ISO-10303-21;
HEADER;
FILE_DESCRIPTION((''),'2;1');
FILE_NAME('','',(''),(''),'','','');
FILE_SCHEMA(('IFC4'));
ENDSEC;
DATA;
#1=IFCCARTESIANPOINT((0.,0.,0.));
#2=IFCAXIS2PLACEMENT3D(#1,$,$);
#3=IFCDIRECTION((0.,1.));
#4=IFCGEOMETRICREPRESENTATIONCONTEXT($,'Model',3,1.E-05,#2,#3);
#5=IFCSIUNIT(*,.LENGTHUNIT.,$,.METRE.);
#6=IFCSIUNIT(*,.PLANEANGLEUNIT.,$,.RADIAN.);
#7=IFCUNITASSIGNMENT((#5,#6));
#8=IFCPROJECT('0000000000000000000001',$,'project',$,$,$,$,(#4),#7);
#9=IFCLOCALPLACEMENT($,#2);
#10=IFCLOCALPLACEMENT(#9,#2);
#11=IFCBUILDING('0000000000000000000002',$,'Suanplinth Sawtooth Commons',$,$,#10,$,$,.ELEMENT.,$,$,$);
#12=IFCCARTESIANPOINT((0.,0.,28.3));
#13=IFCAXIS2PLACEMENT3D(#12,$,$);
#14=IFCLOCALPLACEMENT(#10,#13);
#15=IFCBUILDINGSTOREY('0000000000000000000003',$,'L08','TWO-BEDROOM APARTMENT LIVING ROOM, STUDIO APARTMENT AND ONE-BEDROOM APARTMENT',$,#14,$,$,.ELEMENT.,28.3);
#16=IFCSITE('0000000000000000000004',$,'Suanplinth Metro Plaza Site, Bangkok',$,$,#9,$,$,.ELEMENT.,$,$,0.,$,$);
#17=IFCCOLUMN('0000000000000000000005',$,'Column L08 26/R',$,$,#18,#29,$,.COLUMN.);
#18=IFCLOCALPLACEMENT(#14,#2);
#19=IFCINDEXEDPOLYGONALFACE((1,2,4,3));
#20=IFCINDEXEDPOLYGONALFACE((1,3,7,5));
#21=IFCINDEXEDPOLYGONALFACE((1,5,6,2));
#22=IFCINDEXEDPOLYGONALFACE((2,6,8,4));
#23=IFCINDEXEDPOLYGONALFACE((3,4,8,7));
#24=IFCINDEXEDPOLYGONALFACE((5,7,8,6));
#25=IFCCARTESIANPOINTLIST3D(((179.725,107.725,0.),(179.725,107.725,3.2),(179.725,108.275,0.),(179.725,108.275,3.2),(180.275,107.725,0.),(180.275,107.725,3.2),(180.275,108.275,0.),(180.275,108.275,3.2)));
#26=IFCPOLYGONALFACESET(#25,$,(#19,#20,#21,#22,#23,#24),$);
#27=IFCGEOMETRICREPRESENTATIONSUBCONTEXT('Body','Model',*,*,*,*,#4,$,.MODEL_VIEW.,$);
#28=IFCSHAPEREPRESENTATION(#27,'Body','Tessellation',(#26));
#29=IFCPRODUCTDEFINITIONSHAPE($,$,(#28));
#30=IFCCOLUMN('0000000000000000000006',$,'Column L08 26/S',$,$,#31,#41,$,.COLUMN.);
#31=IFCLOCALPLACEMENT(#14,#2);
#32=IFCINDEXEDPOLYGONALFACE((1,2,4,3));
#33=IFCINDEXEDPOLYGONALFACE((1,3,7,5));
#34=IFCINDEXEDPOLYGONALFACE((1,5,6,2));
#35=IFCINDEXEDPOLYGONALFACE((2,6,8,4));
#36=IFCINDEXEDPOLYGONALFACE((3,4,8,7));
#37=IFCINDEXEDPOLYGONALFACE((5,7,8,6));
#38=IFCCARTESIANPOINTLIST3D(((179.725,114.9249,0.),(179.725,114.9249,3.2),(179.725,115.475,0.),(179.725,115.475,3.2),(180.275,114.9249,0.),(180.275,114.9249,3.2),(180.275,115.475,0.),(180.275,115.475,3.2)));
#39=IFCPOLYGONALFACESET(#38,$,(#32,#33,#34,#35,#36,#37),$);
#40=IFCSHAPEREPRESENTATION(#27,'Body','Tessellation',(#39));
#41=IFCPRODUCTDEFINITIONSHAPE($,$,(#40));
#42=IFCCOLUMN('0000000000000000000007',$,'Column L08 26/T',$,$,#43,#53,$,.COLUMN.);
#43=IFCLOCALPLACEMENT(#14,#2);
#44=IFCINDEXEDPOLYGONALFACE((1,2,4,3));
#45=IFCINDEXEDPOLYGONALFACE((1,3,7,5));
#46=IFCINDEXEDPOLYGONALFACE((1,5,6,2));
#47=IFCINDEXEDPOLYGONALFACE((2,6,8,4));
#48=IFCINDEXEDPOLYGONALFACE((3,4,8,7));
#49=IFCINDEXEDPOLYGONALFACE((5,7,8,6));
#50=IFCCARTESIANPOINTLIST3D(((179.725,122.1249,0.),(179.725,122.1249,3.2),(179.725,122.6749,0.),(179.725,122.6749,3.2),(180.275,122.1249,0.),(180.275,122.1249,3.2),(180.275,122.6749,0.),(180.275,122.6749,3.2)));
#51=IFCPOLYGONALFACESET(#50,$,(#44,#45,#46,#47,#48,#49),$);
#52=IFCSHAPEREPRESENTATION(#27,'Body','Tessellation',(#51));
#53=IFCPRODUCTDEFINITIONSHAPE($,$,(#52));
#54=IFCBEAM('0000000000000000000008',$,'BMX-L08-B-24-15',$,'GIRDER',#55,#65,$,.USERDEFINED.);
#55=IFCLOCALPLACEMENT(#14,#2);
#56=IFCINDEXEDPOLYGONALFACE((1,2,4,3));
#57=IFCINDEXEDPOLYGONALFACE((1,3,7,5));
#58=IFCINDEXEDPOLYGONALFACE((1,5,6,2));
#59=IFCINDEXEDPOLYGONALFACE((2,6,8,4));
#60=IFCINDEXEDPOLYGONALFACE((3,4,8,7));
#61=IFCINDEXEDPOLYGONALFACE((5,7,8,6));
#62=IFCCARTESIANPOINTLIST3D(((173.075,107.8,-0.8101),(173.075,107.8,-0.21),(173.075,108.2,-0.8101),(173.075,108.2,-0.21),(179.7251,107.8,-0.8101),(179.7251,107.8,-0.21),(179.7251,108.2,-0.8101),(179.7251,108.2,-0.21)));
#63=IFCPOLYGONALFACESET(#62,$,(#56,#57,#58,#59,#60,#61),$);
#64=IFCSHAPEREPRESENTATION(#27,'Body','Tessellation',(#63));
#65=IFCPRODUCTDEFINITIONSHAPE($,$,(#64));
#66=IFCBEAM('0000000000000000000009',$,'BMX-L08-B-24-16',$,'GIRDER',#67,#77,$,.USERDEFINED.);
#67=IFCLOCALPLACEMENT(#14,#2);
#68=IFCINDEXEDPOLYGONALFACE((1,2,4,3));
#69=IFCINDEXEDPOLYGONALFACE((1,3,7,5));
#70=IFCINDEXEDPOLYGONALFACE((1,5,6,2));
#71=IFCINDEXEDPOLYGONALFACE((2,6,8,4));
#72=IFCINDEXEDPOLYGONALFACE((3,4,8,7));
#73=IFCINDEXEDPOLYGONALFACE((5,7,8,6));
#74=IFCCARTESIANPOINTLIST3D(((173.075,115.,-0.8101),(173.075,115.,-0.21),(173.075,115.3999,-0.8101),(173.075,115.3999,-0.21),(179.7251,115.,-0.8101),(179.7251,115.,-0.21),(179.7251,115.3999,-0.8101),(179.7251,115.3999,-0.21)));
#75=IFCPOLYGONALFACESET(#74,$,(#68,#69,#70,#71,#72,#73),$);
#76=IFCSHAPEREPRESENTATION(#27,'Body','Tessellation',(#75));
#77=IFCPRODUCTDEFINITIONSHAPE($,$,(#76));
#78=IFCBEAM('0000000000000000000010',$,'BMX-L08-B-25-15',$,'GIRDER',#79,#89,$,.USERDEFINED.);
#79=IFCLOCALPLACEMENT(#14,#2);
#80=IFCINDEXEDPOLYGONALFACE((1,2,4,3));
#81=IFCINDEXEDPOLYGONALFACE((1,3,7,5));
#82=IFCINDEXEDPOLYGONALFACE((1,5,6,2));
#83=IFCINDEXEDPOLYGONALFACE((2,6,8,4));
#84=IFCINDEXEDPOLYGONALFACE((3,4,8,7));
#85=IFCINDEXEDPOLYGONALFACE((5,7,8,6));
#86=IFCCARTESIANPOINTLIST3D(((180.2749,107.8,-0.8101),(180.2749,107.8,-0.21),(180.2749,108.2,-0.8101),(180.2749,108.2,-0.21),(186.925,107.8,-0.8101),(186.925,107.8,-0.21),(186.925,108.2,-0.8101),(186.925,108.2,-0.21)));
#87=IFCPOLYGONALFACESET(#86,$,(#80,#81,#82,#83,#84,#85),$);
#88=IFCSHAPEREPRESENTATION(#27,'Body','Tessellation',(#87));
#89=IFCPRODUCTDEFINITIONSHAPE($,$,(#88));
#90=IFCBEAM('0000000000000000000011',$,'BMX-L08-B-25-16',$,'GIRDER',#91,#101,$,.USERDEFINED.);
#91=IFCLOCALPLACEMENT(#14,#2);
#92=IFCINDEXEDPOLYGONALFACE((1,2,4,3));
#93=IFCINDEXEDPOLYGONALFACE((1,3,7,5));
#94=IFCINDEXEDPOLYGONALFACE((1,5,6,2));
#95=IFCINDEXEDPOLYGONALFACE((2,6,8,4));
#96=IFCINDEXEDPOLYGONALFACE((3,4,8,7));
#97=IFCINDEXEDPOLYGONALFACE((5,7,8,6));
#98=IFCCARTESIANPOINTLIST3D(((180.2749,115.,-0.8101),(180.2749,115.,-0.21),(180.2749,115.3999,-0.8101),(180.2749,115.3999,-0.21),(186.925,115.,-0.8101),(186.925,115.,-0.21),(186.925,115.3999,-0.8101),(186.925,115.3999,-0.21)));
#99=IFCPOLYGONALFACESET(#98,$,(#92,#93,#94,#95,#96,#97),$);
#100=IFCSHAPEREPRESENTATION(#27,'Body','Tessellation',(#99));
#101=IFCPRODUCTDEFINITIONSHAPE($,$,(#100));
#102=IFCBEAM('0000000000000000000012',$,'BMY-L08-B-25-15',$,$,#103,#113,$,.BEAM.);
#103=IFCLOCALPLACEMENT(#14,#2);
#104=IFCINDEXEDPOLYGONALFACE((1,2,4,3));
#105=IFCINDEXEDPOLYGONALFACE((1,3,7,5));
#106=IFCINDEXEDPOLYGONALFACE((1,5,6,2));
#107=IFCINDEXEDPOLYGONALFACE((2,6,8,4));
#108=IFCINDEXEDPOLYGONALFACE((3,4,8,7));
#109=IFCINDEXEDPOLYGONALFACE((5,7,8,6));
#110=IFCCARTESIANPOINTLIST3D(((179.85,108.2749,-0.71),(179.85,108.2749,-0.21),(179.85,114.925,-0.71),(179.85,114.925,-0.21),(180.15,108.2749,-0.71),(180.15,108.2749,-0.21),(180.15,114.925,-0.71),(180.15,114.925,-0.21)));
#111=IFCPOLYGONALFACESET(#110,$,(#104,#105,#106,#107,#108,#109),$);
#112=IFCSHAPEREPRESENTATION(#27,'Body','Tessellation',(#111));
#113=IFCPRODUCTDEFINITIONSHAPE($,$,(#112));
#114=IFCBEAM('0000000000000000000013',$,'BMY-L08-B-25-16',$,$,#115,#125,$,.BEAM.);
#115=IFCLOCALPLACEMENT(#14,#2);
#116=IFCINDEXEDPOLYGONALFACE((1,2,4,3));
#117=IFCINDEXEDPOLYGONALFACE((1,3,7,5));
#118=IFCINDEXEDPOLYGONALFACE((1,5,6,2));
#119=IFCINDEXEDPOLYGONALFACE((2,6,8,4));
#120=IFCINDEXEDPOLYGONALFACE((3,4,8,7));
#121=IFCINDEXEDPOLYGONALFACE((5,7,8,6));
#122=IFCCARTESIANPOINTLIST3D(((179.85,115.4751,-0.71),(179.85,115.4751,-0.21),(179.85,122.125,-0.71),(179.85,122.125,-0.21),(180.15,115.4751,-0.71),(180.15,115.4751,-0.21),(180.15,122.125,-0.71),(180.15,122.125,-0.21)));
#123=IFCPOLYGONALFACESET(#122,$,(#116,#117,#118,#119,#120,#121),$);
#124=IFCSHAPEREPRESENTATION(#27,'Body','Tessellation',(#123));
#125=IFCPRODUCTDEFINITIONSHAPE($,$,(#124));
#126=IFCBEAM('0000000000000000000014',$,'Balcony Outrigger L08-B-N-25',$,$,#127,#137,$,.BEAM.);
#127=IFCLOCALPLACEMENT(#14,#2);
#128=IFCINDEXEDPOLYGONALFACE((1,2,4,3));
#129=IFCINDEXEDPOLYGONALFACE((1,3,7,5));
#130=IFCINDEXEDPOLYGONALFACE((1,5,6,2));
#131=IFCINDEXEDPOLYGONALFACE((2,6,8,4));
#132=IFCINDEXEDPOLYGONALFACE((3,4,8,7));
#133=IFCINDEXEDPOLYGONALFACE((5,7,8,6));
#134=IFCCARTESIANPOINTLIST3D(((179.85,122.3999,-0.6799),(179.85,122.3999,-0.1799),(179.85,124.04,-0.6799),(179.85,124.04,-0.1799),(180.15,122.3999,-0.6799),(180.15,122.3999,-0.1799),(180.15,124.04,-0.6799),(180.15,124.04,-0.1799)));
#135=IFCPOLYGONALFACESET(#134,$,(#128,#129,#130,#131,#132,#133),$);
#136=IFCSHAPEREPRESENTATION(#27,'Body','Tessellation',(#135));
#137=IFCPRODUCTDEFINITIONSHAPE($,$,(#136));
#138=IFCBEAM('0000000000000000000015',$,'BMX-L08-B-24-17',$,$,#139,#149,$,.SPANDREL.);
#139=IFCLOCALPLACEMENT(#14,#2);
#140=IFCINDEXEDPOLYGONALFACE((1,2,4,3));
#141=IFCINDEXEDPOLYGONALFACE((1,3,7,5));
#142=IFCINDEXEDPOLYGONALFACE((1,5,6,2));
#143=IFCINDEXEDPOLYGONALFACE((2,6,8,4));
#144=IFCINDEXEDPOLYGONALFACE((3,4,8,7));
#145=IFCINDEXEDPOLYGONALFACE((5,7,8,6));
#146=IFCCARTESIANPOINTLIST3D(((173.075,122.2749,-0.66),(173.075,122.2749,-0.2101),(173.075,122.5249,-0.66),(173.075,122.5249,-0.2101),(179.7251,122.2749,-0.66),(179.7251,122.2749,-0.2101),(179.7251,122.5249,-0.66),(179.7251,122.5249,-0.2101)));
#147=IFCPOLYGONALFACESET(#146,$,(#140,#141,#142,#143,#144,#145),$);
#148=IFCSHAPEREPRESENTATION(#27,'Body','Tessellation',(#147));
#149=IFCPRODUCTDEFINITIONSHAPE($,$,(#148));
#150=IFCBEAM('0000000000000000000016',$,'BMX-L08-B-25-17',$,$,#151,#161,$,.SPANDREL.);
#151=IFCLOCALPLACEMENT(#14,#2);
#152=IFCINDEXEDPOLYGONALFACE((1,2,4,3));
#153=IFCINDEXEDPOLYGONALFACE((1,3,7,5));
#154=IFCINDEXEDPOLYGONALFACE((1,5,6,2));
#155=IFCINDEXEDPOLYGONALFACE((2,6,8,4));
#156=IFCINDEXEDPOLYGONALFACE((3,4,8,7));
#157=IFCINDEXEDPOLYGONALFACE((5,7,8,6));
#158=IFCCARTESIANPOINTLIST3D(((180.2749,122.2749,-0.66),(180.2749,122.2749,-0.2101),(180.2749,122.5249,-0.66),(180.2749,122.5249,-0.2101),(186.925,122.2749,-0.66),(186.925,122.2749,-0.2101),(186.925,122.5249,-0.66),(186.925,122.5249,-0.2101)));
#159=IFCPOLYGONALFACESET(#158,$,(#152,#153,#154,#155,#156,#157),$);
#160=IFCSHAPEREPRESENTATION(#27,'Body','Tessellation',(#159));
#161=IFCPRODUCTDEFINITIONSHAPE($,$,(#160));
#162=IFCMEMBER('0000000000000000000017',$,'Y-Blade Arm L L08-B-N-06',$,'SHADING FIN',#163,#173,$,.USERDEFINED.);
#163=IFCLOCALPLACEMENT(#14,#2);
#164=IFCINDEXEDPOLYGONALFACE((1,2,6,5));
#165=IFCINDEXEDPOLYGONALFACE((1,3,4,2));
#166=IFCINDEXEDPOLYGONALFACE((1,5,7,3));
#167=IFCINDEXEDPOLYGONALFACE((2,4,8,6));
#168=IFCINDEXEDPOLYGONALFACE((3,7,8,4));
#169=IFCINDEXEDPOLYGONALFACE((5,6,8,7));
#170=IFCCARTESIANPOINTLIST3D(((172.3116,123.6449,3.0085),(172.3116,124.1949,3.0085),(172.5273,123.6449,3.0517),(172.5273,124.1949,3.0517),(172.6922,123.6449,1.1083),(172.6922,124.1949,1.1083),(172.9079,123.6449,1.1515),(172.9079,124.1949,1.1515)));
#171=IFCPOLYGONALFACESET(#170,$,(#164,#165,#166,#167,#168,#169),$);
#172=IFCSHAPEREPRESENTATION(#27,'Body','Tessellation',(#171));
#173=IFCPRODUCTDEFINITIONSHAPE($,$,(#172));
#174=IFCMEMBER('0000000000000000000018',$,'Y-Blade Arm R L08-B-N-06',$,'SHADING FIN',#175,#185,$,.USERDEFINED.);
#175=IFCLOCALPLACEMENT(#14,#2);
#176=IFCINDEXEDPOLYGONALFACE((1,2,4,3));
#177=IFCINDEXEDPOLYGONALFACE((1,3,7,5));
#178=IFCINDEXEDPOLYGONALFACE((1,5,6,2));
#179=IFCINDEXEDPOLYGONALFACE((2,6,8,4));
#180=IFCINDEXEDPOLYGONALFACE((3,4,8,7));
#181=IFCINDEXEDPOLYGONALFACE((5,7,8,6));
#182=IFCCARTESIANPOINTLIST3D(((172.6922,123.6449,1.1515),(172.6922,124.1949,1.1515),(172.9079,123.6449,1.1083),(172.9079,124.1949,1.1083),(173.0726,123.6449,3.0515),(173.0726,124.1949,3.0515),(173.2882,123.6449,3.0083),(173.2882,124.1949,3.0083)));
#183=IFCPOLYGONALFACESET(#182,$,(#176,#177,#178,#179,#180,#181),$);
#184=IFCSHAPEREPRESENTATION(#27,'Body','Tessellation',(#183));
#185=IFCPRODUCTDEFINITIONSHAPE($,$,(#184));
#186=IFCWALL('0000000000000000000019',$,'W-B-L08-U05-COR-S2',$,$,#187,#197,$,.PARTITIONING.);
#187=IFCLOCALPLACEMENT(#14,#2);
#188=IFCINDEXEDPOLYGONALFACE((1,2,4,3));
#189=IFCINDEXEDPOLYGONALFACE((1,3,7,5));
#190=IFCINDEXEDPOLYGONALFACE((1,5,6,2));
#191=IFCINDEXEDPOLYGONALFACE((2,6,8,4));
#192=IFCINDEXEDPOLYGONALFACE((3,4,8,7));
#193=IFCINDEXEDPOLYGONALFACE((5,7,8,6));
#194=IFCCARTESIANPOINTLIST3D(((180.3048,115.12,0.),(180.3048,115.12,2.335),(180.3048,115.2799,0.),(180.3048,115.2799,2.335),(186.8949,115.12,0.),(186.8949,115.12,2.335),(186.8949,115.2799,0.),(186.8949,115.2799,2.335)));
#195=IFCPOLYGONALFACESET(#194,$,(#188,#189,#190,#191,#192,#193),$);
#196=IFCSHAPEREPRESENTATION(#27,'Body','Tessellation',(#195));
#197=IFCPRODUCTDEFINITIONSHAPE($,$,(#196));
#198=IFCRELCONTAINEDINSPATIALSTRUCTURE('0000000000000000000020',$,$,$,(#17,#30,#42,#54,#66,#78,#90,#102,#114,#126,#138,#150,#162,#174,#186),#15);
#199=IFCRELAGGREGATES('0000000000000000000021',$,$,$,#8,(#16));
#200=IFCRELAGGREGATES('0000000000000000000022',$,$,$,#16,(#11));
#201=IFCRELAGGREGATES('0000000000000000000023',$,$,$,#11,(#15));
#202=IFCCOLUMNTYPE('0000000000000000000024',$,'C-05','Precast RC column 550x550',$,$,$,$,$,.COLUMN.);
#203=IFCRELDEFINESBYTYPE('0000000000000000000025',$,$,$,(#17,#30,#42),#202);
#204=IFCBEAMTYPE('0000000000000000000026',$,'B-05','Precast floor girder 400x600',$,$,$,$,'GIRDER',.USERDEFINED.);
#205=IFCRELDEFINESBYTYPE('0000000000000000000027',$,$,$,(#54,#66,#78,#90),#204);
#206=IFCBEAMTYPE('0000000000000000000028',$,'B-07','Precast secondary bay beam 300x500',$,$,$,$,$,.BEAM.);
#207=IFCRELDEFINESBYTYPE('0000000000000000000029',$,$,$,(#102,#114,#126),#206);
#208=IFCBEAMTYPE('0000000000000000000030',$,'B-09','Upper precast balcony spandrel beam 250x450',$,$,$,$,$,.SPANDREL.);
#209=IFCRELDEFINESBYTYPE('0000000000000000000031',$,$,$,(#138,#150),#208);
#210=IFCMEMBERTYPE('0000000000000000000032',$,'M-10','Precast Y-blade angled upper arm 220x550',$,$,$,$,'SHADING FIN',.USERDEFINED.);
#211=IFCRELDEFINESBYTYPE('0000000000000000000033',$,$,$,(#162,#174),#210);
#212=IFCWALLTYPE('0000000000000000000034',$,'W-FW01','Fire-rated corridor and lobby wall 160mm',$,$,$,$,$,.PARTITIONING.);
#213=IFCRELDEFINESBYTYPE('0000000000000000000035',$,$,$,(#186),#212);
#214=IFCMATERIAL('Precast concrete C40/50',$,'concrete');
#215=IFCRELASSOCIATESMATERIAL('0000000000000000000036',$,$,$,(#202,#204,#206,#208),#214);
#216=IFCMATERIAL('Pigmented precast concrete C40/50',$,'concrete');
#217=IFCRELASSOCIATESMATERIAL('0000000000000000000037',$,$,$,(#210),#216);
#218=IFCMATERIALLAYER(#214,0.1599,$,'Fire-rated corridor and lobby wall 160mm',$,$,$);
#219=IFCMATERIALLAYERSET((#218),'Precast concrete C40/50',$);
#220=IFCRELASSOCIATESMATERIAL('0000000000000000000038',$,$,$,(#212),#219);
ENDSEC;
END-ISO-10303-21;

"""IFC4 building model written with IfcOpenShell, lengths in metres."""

from ifc_helpers import new_model, si_unit, direction, frame, frame_2d, origin, origin_2d, place, context, subcontext, project, spatial, rectangle, extrude, material, layer, layer_set, material_profile, profile_set, type_object, element, save


model = new_model("IFC4")

# Units and contexts
model_context = context("Model", 3, precision=1e-05, world=origin(), true_north=direction((0.0, 1.0)))
body_context = subcontext(model_context, "Body", "Model", "MODEL_VIEW")
ifc_project = project(units=[si_unit("LENGTHUNIT", "METRE"), si_unit("PLANEANGLEUNIT", "RADIAN")], contexts=[model_context])

# Site, building, storey
site_placement = place(None, origin())
site = spatial("IfcSite", under=ifc_project, at=site_placement, Name="Suanplinth Metro Plaza Site, Bangkok", CompositionType="ELEMENT", RefElevation=0.0)
building_placement = place(site_placement, origin())
building = spatial("IfcBuilding", under=site, at=building_placement, Name="Suanplinth Sawtooth Commons", CompositionType="ELEMENT")
storey_placement = place(building_placement, frame((0.0, 0.0, 28.3)))
storey = spatial("IfcBuildingStorey", under=building, at=storey_placement, Name="L08", Description="TWO-BEDROOM APARTMENT LIVING ROOM, STUDIO APARTMENT AND ONE-BEDROOM APARTMENT", CompositionType="ELEMENT", Elevation=28.3)

# Columns
ifc_material_1 = material(Name="Precast concrete C40/50", Category="concrete")
ifc_material_profile_1 = material_profile(ifc_material_1, rectangle(XDim=0.55, YDim=0.55, at=origin_2d()), Name="PC-COL 550x550")
ifc_profile_set_1 = profile_set([ifc_material_profile_1], Name="Precast concrete C40/50")
column_type = type_object("IfcColumnType", Name="C-05", Description="Precast RC column 550x550", PredefinedType="COLUMN", material=ifc_profile_set_1)
for number, where, z_axis, x_axis, name in (
    (1, (180.0, 108.0, 0.0), (0.0, 0.0, 1.0), (1.0, 0.0, 0.0), "Column L08 26/R"),
    (2, (180.0, 115.2, 0.0), (0.0, 0.0, 1.0), (1.0, 0.0, 0.0), "Column L08 26/S"),
    (3, (180.0, 122.3999, 0.0), (0.0, 0.0, 1.0), (1.0, 0.0, 0.0), "Column L08 26/T"),
):
    element("IfcColumn", number, at=place(storey_placement, frame(where, z_axis=z_axis, x_axis=x_axis)), inside=storey, type_object=column_type, Name=name, PredefinedType="COLUMN", context=body_context, shape_type="SweptSolid", body=[
        extrude(rectangle(XDim=0.55, YDim=0.55, at=origin_2d()), origin(), (0.0, 0.0, 1.0), 3.2),
    ])

# Beams
ifc_material_profile_2 = material_profile(ifc_material_1, rectangle(XDim=0.3999, YDim=0.6001, at=origin_2d()), Name="PC-GDR 400x600")
ifc_profile_set_2 = profile_set([ifc_material_profile_2], Name="Precast concrete C40/50")
beam_type_1 = type_object("IfcBeamType", Name="B-05", Description="Precast floor girder 400x600", ElementType="GIRDER", PredefinedType="USERDEFINED", material=ifc_profile_set_2)
for number, where, z_axis, x_axis, name in (
    (4, (173.075, 108.0, -0.51), (1.0, 0.0, 0.0), (0.0, 1.0, 0.0), "BMX-L08-B-24-15"),
    (5, (173.075, 115.2, -0.51), (1.0, 0.0, 0.0), (0.0, 1.0, 0.0), "BMX-L08-B-24-16"),
    (6, (180.2749, 108.0, -0.51), (1.0, 0.0, 0.0), (0.0, 1.0, 0.0), "BMX-L08-B-25-15"),
    (7, (180.2749, 115.2, -0.51), (1.0, 0.0, 0.0), (0.0, 1.0, 0.0), "BMX-L08-B-25-16"),
):
    element("IfcBeam", number, at=place(storey_placement, frame(where, z_axis=z_axis, x_axis=x_axis)), inside=storey, type_object=beam_type_1, Name=name, ObjectType="GIRDER", PredefinedType="USERDEFINED", context=body_context, shape_type="SweptSolid", body=[
        extrude(rectangle(XDim=0.3999, YDim=0.6001, at=origin_2d()), origin(), (0.0, 0.0, 1.0), 6.6501),
    ])
ifc_material_profile_3 = material_profile(ifc_material_1, rectangle(XDim=0.3, YDim=0.5, at=origin_2d()), Name="PC-BM 300x500")
ifc_profile_set_3 = profile_set([ifc_material_profile_3], Name="Precast concrete C40/50")
beam_type_2 = type_object("IfcBeamType", Name="B-07", Description="Precast secondary bay beam 300x500", PredefinedType="BEAM", material=ifc_profile_set_3)
beam_1_placement = place(storey_placement, frame((180.0, 108.2749, -0.46), z_axis=(0.0, 1.0, 0.0), x_axis=(-1.0, 0.0, 0.0)))
element("IfcBeam", 8, at=beam_1_placement, inside=storey, type_object=beam_type_2, Name="BMY-L08-B-25-15", PredefinedType="BEAM", context=body_context, shape_type="SweptSolid", body=[
    extrude(rectangle(XDim=0.3, YDim=0.5, at=origin_2d()), origin(), (0.0, 0.0, 1.0), 6.6501),
])
beam_2_placement = place(storey_placement, frame((180.0, 115.4751, -0.46), z_axis=(0.0, 1.0, 0.0), x_axis=(-1.0, 0.0, 0.0)))
element("IfcBeam", 9, at=beam_2_placement, inside=storey, type_object=beam_type_2, Name="BMY-L08-B-25-16", PredefinedType="BEAM", context=body_context, shape_type="SweptSolid", body=[
    extrude(rectangle(XDim=0.3, YDim=0.5, at=origin_2d()), origin(), (0.0, 0.0, 1.0), 6.6499),
])
beam_3_placement = place(storey_placement, frame((180.0, 122.3999, -0.4299), z_axis=(0.0, 1.0, 0.0), x_axis=(-1.0, 0.0, 0.0)))
element("IfcBeam", 10, at=beam_3_placement, inside=storey, type_object=beam_type_2, Name="Balcony Outrigger L08-B-N-25", PredefinedType="BEAM", context=body_context, shape_type="SweptSolid", body=[
    extrude(rectangle(XDim=0.3, YDim=0.5, at=origin_2d()), origin(), (0.0, 0.0, 1.0), 1.6401),
])
ifc_material_profile_4 = material_profile(ifc_material_1, rectangle(XDim=0.25, YDim=0.45, at=origin_2d()), Name="PC-SP 250x450")
ifc_profile_set_4 = profile_set([ifc_material_profile_4], Name="Precast concrete C40/50")
beam_type_3 = type_object("IfcBeamType", Name="B-09", Description="Upper precast balcony spandrel beam 250x450", PredefinedType="SPANDREL", material=ifc_profile_set_4)
for number, where, z_axis, x_axis, name in (
    (11, (173.075, 122.3999, -0.4351), (1.0, 0.0, 0.0), (0.0, 1.0, 0.0), "BMX-L08-B-24-17"),
    (12, (180.2749, 122.3999, -0.4351), (1.0, 0.0, 0.0), (0.0, 1.0, 0.0), "BMX-L08-B-25-17"),
):
    element("IfcBeam", number, at=place(storey_placement, frame(where, z_axis=z_axis, x_axis=x_axis)), inside=storey, type_object=beam_type_3, Name=name, PredefinedType="SPANDREL", context=body_context, shape_type="SweptSolid", body=[
        extrude(rectangle(XDim=0.25, YDim=0.45, at=origin_2d()), origin(), (0.0, 0.0, 1.0), 6.6501),
    ])

# Members
ifc_material_2 = material(Name="Pigmented precast concrete C40/50", Category="concrete")
ifc_material_profile_5 = material_profile(ifc_material_2, rectangle(XDim=0.22, YDim=0.55, at=origin_2d()), Name="PC-FIN 220x550")
ifc_profile_set_5 = profile_set([ifc_material_profile_5], Name="Pigmented precast concrete C40/50")
member_type = type_object("IfcMemberType", Name="M-10", Description="Precast Y-blade angled upper arm 220x550", ElementType="SHADING FIN", PredefinedType="USERDEFINED", material=ifc_profile_set_5)
member_1_placement = place(storey_placement, frame((172.8, 123.9199, 1.1299), z_axis=(-0.196407, 0.0, 0.980522), x_axis=(0.980522, 0.0, 0.196407)))
element("IfcMember", 13, at=member_1_placement, inside=storey, type_object=member_type, Name="Y-Blade Arm L L08-B-N-06", ObjectType="SHADING FIN", PredefinedType="USERDEFINED", context=body_context, shape_type="SweptSolid", body=[
    extrude(rectangle(XDim=0.22, YDim=0.55, at=origin_2d()), origin(), (0.0, 0.0, 1.0), 1.938),
])
member_2_placement = place(storey_placement, frame((172.8, 123.9199, 1.1299), z_axis=(0.196286, 0.0, 0.980547), x_axis=(-0.980547, 0.0, 0.196286)))
element("IfcMember", 14, at=member_2_placement, inside=storey, type_object=member_type, Name="Y-Blade Arm R L08-B-N-06", ObjectType="SHADING FIN", PredefinedType="USERDEFINED", context=body_context, shape_type="SweptSolid", body=[
    extrude(rectangle(XDim=0.22, YDim=0.55, at=origin_2d()), origin(), (0.0, 0.0, 1.0), 1.9377),
])

# Shared definitions
ifc_layer_1 = layer(ifc_material_1, 0.1599, Name="Fire-rated corridor and lobby wall 160mm")
ifc_layer_set_1 = layer_set([ifc_layer_1], Name="Precast concrete C40/50")
wall_type_1 = type_object("IfcWallType", Name="W-FW01", Description="Fire-rated corridor and lobby wall 160mm", PredefinedType="PARTITIONING", material=ifc_layer_set_1)

# Wall
wall_1_placement = place(storey_placement, frame((180.3049, 115.2, 0.0), z_axis=(0.0, 0.0, 1.0), x_axis=(1.0, 0.0, 0.0)))
element("IfcWall", 15, at=wall_1_placement, inside=storey, type_object=wall_type_1, Name="W-B-L08-U05-COR-S2", PredefinedType="PARTITIONING", context=body_context, shape_type="SweptSolid", body=[
    extrude(rectangle(XDim=6.5901, YDim=0.1599, at=frame_2d((3.2949, 0.0))), origin(), (0.0, 0.0, 1.0), 2.335),
])

save(model, "model.ifc")
